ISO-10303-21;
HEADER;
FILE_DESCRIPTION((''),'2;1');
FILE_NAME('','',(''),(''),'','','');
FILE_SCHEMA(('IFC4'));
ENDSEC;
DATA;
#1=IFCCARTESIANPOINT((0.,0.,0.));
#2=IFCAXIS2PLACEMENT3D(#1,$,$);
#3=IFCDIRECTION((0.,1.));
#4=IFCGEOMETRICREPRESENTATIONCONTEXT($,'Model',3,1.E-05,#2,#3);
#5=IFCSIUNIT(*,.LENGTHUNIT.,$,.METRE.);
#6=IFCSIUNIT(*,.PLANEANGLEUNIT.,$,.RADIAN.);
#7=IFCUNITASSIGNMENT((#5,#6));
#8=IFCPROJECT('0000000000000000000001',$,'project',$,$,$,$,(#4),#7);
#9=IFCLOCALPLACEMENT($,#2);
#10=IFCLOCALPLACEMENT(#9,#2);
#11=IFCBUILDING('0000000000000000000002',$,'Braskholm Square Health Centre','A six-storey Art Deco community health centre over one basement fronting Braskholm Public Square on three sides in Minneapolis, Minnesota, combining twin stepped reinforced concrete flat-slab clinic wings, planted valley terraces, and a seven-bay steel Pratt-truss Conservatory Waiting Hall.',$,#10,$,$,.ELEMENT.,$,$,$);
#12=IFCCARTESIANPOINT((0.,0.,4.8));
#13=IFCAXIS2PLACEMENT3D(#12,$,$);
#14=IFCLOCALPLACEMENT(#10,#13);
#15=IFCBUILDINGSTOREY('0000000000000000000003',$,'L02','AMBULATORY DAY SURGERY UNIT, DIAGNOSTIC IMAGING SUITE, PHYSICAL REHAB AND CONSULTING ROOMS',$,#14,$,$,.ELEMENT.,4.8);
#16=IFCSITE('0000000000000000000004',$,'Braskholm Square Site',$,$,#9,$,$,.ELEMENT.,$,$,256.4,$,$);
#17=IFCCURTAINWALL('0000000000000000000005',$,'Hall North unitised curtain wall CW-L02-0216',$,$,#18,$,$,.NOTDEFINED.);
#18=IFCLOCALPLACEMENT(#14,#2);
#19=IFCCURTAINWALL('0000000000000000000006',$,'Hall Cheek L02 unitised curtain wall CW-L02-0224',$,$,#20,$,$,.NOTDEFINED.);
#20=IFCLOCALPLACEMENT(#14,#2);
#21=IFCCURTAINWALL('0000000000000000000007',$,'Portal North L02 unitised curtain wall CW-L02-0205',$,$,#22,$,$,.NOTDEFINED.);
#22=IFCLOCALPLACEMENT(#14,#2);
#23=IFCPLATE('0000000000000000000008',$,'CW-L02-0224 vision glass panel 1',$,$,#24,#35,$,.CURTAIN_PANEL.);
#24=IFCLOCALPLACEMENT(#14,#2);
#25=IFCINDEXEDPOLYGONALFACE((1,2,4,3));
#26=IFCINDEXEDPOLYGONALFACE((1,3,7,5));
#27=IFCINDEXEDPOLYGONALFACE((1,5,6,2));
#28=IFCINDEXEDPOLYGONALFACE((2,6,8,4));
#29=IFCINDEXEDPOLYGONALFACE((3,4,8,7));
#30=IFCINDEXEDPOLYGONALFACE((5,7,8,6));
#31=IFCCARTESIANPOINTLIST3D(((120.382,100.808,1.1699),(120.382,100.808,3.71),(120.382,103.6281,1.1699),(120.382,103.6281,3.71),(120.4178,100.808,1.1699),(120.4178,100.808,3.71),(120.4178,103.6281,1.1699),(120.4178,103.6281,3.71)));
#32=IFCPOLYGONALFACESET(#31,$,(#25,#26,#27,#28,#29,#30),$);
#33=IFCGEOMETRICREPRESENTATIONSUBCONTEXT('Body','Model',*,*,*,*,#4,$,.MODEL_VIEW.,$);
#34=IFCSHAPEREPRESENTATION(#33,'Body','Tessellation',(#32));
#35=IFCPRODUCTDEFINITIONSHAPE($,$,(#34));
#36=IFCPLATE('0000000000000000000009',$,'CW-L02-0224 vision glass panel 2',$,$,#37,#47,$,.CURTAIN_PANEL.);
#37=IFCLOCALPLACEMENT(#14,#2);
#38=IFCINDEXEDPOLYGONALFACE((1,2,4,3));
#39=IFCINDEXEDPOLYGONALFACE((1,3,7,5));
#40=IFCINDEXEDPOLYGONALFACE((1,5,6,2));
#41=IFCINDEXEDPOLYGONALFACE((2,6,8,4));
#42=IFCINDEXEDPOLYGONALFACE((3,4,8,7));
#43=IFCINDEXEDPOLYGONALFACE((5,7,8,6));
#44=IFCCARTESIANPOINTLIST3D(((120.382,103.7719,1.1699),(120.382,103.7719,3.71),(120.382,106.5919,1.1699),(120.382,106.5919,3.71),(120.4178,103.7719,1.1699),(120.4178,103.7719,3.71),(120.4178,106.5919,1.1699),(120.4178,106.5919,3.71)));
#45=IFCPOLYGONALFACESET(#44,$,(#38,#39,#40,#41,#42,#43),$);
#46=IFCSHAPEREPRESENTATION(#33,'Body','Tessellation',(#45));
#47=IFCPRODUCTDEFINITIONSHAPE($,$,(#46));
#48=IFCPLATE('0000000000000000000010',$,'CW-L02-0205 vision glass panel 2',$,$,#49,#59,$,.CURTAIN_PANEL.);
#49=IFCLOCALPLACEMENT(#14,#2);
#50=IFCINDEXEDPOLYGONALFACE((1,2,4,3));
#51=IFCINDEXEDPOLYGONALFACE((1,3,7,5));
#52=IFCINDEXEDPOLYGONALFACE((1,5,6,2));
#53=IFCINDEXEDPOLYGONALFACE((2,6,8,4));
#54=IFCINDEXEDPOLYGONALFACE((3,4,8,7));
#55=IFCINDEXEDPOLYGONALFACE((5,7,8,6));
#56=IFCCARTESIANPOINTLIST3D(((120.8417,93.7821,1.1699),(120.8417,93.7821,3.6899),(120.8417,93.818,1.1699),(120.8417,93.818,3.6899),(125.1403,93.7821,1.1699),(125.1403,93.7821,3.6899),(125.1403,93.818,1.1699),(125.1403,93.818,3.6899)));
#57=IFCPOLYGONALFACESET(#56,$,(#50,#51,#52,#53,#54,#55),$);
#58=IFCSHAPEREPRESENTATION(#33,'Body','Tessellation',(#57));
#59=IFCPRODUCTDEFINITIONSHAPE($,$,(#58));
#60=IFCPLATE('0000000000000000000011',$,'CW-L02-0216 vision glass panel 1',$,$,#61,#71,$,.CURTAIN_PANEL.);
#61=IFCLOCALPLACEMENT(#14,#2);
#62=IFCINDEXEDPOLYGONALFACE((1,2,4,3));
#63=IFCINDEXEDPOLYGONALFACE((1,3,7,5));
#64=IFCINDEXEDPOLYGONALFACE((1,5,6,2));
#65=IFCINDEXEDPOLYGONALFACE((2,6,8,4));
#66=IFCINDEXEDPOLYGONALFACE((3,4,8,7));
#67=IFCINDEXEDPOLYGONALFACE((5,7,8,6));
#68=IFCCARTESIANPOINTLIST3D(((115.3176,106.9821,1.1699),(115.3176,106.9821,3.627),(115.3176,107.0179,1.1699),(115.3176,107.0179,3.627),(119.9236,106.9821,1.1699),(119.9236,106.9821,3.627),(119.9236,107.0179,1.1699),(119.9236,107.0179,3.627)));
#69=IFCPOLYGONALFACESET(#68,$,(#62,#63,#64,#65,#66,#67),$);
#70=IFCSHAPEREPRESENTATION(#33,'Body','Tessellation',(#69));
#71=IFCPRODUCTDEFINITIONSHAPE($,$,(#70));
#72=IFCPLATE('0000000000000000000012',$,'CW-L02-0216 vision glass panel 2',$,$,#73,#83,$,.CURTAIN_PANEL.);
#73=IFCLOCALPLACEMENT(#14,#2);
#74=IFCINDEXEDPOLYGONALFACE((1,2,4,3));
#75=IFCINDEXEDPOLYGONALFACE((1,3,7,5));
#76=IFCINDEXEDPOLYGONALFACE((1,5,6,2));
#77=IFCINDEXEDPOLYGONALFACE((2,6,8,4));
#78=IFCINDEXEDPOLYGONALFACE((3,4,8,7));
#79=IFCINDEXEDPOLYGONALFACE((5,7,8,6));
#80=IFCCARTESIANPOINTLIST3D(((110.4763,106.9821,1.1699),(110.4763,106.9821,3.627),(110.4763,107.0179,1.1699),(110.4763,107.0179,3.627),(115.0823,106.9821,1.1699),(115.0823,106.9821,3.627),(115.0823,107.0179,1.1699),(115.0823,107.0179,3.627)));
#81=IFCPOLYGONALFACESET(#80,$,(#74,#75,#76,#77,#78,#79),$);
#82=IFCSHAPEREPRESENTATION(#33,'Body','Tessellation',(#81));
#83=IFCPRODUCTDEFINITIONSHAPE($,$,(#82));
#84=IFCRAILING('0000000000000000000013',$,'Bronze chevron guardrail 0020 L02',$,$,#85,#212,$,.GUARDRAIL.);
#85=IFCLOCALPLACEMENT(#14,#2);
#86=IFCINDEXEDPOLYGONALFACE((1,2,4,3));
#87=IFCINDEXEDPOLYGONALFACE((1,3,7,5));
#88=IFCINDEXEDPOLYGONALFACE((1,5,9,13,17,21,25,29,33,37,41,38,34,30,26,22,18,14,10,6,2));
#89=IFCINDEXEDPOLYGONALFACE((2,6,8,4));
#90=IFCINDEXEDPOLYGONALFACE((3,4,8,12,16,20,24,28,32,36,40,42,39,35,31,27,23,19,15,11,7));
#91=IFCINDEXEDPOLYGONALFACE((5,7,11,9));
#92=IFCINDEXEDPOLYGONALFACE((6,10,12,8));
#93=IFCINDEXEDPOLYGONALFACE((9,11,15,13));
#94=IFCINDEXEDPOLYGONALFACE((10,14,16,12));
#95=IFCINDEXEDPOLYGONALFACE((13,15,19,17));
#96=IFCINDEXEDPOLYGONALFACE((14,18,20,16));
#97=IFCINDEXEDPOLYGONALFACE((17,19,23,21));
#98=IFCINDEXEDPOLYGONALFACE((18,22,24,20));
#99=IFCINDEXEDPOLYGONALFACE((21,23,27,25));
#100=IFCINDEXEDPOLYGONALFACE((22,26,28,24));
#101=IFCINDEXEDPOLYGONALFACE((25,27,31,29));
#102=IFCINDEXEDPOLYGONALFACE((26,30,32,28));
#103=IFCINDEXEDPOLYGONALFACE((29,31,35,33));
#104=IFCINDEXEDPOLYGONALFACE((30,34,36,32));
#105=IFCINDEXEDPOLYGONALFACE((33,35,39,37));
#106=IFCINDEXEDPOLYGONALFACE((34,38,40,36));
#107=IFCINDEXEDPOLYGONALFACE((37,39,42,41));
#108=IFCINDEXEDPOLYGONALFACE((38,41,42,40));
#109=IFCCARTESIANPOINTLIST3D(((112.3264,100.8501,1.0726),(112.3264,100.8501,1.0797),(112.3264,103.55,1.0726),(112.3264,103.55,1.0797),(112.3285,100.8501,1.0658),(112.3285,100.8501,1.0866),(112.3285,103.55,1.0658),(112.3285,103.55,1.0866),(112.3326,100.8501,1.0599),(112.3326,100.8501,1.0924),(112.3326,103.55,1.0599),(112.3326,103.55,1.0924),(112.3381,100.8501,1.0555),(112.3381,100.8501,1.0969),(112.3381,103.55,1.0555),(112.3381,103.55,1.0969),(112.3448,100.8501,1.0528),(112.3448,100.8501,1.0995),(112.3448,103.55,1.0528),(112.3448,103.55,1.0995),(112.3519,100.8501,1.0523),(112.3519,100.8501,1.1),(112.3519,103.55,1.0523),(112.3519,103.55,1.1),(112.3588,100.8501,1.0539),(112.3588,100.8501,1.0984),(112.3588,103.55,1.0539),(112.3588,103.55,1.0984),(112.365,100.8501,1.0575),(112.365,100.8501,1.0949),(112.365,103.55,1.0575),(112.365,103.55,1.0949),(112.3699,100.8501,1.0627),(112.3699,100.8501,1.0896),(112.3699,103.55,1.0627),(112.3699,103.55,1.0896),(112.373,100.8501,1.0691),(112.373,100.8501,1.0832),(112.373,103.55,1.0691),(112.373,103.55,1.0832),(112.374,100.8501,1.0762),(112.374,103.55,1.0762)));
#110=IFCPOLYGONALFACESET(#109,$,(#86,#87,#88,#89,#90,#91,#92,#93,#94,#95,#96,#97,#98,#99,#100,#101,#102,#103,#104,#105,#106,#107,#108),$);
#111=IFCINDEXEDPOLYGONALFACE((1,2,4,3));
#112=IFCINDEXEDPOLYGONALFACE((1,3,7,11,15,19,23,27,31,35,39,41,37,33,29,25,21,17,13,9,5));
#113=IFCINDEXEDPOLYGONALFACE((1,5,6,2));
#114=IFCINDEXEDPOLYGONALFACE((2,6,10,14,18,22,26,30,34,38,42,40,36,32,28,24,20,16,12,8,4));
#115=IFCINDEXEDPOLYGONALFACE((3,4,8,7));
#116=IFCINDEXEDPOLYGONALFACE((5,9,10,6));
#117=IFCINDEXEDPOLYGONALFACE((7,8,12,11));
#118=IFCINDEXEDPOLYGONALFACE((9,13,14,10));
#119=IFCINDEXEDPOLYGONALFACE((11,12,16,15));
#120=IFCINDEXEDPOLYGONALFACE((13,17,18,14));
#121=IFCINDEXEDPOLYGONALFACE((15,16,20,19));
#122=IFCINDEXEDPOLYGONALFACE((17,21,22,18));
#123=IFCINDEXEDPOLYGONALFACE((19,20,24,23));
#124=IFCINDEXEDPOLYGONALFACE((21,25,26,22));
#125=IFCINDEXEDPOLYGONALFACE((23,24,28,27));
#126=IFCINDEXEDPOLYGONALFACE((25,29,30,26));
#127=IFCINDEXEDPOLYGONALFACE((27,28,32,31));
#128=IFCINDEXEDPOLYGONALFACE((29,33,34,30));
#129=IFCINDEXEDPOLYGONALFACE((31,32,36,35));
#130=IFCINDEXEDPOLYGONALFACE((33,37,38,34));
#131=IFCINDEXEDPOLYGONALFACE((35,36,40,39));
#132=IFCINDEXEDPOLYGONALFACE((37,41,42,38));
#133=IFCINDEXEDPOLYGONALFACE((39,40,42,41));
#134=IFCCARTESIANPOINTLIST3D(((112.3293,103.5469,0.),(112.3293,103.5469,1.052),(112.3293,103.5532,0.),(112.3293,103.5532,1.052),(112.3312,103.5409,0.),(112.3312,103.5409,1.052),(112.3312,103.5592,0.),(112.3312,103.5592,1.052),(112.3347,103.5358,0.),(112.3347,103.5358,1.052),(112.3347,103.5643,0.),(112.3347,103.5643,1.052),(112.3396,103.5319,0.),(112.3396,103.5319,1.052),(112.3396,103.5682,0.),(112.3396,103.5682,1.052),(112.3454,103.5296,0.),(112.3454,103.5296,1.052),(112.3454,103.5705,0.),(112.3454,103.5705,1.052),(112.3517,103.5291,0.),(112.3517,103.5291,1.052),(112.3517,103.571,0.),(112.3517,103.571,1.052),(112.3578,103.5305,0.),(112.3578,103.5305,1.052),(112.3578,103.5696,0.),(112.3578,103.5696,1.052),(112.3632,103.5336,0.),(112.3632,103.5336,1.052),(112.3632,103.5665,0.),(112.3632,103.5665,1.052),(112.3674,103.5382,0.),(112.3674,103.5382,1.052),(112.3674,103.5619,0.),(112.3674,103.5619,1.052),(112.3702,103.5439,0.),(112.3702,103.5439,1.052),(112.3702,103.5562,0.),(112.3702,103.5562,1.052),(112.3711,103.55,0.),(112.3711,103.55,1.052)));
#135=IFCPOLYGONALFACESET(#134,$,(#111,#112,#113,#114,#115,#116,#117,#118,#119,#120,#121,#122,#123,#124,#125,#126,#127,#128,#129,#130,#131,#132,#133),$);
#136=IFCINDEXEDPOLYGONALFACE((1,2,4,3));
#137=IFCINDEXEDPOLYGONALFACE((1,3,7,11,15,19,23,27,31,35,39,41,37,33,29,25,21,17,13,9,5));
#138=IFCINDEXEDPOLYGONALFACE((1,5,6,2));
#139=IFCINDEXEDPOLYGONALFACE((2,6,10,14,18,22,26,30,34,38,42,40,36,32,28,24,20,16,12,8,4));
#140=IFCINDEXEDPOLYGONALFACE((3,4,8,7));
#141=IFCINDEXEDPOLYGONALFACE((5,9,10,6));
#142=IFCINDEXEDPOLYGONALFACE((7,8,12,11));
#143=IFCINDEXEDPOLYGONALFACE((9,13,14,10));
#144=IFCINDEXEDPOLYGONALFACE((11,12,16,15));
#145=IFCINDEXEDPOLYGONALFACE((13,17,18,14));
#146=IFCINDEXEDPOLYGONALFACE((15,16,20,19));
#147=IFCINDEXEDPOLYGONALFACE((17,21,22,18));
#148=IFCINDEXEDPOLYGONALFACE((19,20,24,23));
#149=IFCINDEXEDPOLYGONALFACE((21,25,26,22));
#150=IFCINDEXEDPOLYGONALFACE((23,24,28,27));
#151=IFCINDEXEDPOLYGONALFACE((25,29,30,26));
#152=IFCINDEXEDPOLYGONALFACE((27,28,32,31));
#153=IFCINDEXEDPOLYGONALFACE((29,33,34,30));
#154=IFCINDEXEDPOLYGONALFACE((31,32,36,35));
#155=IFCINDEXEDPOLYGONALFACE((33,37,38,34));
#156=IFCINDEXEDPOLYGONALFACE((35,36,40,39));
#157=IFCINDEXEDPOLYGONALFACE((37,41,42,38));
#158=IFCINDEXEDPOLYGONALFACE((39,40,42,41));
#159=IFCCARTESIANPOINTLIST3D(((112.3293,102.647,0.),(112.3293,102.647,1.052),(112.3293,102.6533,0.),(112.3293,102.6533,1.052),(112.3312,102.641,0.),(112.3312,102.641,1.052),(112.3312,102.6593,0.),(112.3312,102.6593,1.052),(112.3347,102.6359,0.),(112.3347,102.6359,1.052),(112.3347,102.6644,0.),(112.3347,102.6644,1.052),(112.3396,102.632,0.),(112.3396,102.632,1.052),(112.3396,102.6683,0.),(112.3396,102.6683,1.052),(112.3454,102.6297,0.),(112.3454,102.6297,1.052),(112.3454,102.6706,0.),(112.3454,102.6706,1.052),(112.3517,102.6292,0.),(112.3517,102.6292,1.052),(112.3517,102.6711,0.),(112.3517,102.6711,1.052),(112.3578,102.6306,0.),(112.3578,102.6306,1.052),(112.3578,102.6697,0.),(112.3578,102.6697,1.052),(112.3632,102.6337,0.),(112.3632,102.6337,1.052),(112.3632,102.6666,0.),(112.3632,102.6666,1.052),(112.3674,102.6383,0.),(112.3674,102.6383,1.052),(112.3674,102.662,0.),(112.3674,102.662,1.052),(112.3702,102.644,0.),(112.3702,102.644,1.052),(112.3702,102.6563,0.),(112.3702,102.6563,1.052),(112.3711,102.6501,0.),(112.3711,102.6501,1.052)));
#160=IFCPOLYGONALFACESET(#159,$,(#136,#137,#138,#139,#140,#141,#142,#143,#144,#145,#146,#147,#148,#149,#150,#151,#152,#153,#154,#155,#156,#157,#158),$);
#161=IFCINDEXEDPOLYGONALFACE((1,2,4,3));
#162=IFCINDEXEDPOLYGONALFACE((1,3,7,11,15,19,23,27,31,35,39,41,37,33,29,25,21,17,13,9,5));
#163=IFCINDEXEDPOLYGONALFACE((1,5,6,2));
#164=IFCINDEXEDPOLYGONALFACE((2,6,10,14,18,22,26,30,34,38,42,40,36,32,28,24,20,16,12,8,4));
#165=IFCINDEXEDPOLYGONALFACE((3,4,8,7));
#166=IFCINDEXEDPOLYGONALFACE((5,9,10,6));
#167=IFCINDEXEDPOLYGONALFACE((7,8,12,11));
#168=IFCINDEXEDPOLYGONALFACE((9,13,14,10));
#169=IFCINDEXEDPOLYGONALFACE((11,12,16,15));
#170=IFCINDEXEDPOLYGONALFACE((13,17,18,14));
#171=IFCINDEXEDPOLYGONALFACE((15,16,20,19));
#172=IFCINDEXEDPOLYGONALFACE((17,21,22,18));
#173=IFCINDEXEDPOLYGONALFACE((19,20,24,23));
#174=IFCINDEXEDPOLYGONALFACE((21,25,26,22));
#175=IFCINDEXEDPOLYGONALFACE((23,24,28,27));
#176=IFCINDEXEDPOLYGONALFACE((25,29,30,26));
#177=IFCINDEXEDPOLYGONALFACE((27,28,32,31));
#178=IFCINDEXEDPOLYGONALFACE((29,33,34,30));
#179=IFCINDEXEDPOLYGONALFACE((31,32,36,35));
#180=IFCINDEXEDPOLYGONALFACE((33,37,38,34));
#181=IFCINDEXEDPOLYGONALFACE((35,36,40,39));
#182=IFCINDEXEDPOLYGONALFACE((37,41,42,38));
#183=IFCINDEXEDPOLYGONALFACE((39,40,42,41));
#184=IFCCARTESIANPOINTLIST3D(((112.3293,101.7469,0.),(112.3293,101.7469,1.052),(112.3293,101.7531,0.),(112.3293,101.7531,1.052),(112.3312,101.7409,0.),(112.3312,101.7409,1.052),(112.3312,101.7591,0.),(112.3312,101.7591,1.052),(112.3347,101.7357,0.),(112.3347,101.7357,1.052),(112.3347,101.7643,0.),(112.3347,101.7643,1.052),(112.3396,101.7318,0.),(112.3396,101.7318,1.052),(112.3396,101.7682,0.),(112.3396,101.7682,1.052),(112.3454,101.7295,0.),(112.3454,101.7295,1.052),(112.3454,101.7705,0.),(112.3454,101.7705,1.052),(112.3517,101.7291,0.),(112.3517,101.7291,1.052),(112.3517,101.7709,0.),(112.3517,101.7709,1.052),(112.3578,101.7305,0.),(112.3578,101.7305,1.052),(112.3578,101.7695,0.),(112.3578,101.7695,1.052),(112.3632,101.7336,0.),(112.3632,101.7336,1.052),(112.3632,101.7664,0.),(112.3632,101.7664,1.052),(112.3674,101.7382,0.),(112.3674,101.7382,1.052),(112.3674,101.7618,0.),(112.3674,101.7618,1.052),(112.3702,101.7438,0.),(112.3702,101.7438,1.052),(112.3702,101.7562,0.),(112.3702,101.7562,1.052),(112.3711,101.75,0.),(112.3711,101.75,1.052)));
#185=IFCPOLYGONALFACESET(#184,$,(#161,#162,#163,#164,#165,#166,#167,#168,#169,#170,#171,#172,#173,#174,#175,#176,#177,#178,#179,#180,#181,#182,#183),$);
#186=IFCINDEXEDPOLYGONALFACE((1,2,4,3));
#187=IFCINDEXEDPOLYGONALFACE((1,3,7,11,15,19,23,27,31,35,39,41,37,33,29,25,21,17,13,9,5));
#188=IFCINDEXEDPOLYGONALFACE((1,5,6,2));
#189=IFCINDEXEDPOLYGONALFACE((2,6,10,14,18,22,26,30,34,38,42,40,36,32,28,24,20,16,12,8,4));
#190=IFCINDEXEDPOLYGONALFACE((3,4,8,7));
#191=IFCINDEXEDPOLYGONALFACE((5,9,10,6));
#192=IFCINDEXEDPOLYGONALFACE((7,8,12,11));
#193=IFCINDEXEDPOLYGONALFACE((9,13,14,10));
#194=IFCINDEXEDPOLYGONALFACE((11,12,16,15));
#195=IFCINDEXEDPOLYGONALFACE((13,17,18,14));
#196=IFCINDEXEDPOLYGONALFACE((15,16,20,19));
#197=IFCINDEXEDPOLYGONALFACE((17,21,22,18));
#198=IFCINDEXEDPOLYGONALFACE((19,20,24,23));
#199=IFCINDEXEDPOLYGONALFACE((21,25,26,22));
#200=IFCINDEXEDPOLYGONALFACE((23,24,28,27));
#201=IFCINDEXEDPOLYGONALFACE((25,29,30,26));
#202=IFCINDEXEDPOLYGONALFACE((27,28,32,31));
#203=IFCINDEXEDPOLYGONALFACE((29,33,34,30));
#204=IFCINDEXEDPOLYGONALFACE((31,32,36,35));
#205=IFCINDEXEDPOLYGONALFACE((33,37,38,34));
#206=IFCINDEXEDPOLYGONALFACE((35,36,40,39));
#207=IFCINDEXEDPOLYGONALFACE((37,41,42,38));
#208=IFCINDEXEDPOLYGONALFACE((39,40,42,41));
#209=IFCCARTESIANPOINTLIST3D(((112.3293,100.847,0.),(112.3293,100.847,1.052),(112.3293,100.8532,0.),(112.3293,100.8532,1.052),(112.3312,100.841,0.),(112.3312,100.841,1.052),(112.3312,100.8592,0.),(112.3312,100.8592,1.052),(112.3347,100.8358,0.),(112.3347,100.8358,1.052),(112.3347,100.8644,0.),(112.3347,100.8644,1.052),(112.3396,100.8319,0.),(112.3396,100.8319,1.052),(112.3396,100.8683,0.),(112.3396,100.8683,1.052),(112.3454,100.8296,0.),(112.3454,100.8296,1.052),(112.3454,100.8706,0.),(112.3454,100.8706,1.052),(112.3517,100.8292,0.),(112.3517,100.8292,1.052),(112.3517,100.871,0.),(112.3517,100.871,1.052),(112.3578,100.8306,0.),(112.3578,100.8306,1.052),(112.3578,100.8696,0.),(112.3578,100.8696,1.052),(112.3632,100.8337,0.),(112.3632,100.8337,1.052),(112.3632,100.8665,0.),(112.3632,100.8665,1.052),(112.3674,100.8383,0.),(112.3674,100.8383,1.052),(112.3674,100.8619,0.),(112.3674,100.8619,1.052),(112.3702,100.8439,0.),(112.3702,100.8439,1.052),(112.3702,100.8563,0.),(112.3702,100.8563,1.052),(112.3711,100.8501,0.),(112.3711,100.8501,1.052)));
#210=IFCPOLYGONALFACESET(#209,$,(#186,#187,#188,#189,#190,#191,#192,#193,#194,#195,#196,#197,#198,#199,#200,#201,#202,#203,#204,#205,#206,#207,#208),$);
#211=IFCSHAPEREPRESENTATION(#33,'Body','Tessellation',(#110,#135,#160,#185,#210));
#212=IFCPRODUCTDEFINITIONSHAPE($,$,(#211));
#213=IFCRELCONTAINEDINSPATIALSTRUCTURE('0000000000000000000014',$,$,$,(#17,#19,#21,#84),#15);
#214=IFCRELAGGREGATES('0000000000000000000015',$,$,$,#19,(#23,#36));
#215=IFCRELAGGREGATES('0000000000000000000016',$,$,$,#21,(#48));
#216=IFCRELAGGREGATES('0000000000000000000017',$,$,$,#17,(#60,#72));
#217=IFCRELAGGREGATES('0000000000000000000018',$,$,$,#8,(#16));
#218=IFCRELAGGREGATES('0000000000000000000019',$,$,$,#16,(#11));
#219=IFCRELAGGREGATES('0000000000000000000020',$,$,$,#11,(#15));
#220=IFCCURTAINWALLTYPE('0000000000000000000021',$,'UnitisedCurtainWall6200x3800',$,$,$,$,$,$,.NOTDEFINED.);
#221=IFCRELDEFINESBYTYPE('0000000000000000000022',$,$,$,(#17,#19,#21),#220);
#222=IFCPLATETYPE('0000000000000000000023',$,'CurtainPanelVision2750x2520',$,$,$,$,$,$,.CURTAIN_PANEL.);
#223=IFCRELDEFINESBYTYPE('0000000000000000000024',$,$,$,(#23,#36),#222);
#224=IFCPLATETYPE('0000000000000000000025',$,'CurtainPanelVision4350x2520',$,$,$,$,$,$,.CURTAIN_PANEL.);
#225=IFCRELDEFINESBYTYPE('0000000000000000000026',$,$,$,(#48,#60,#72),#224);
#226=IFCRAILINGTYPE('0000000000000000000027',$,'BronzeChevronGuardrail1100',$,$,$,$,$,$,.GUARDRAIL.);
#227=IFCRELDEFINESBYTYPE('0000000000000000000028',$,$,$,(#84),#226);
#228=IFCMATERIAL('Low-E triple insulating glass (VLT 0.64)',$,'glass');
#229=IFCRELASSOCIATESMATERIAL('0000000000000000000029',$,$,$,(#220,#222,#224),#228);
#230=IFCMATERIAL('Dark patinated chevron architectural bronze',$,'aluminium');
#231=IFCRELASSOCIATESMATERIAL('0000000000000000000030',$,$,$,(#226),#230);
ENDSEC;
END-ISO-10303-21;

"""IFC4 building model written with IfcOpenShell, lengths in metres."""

from ifc_helpers import new_model, si_unit, direction, frame, origin, origin_2d, place, context, subcontext, project, spatial, rectangle, circle, extrude, material, type_object, element, aggregate, save


model = new_model("IFC4")

# Units and contexts
model_context = context("Model", 3, precision=1e-05, world=origin(), true_north=direction((0.0, 1.0)))
body_context = subcontext(model_context, "Body", "Model", "MODEL_VIEW")
ifc_project = project(units=[si_unit("LENGTHUNIT", "METRE"), si_unit("PLANEANGLEUNIT", "RADIAN")], contexts=[model_context])

# Site, building, storey
site_placement = place(None, origin())
site = spatial("IfcSite", under=ifc_project, at=site_placement, Name="Braskholm Square Site", CompositionType="ELEMENT", RefElevation=256.4)
building_placement = place(site_placement, origin())
building = spatial("IfcBuilding", under=site, at=building_placement, Name="Braskholm Square Health Centre", Description="A six-storey Art Deco community health centre over one basement fronting Braskholm Public Square on three sides in Minneapolis, Minnesota, combining twin stepped reinforced concrete flat-slab clinic wings, planted valley terraces, and a seven-bay steel Pratt-truss Conservatory Waiting Hall.", CompositionType="ELEMENT")
storey_placement = place(building_placement, frame((0.0, 0.0, 4.8)))
storey = spatial("IfcBuildingStorey", under=building, at=storey_placement, Name="L02", Description="AMBULATORY DAY SURGERY UNIT, DIAGNOSTIC IMAGING SUITE, PHYSICAL REHAB AND CONSULTING ROOMS", CompositionType="ELEMENT", Elevation=4.8)

# Curtain walls
ifc_material_1 = material(Name="Low-E triple insulating glass (VLT 0.64)", Category="glass")
curtain_wall_type = type_object("IfcCurtainWallType", Name="UnitisedCurtainWall6200x3800", PredefinedType="NOTDEFINED", material=ifc_material_1)
curtain_wall_1_placement = place(storey_placement, origin())
curtain_wall_1 = element("IfcCurtainWall", 1, at=curtain_wall_1_placement, inside=storey, type_object=curtain_wall_type, Name="Hall North unitised curtain wall CW-L02-0216", PredefinedType="NOTDEFINED")
curtain_wall_2_placement = place(storey_placement, origin())
curtain_wall_2 = element("IfcCurtainWall", 2, at=curtain_wall_2_placement, inside=storey, type_object=curtain_wall_type, Name="Hall Cheek L02 unitised curtain wall CW-L02-0224", PredefinedType="NOTDEFINED")

# Curtain wall
curtain_wall_3_placement = place(storey_placement, origin())
curtain_wall_3 = element("IfcCurtainWall", 3, at=curtain_wall_3_placement, inside=storey, type_object=curtain_wall_type, Name="Portal North L02 unitised curtain wall CW-L02-0205", PredefinedType="NOTDEFINED")

# Plates
plate_type_1 = type_object("IfcPlateType", Name="CurtainPanelVision2750x2520", PredefinedType="CURTAIN_PANEL", material=ifc_material_1)
plate_1_placement = place(storey_placement, frame((120.3999, 102.218, 1.1699), z_axis=(0.0, 0.0, 1.0), x_axis=(0.0, 1.0, 0.0)))
plate_1 = element("IfcPlate", 4, at=plate_1_placement, type_object=plate_type_1, Name="CW-L02-0224 vision glass panel 1", PredefinedType="CURTAIN_PANEL", context=body_context, shape_type="SweptSolid", body=[
    extrude(rectangle(XDim=2.8201, YDim=0.0359, at=origin_2d()), origin(), (0.0, 0.0, 1.0), 2.54),
])
plate_2_placement = place(storey_placement, frame((120.3999, 105.1819, 1.1699), z_axis=(0.0, 0.0, 1.0), x_axis=(0.0, 1.0, 0.0)))
plate_2 = element("IfcPlate", 5, at=plate_2_placement, type_object=plate_type_1, Name="CW-L02-0224 vision glass panel 2", PredefinedType="CURTAIN_PANEL", context=body_context, shape_type="SweptSolid", body=[
    extrude(rectangle(XDim=2.8201, YDim=0.0359, at=origin_2d()), origin(), (0.0, 0.0, 1.0), 2.54),
])
aggregate(curtain_wall_2, [plate_1, plate_2])
plate_type_2 = type_object("IfcPlateType", Name="CurtainPanelVision4350x2520", PredefinedType="CURTAIN_PANEL", material=ifc_material_1)
plate_3_placement = place(storey_placement, frame((122.991, 93.8, 1.1699), z_axis=(0.0, 0.0, 1.0), x_axis=(-1.0, 0.0, 0.0)))
plate_3 = element("IfcPlate", 6, at=plate_3_placement, type_object=plate_type_2, Name="CW-L02-0205 vision glass panel 2", PredefinedType="CURTAIN_PANEL", context=body_context, shape_type="SweptSolid", body=[
    extrude(rectangle(XDim=4.2986, YDim=0.0359, at=origin_2d()), origin(), (0.0, 0.0, 1.0), 2.52),
])
aggregate(curtain_wall_3, [plate_3])
plate_4_placement = place(storey_placement, frame((117.6206, 107.0, 1.1699), z_axis=(0.0, 0.0, 1.0), x_axis=(-1.0, 0.0, 0.0)))
plate_4 = element("IfcPlate", 7, at=plate_4_placement, type_object=plate_type_2, Name="CW-L02-0216 vision glass panel 1", PredefinedType="CURTAIN_PANEL", context=body_context, shape_type="SweptSolid", body=[
    extrude(rectangle(XDim=4.606, YDim=0.0359, at=origin_2d()), origin(), (0.0, 0.0, 1.0), 2.457),
])
plate_5_placement = place(storey_placement, frame((112.7793, 107.0, 1.1699), z_axis=(0.0, 0.0, 1.0), x_axis=(-1.0, 0.0, 0.0)))
plate_5 = element("IfcPlate", 8, at=plate_5_placement, type_object=plate_type_2, Name="CW-L02-0216 vision glass panel 2", PredefinedType="CURTAIN_PANEL", context=body_context, shape_type="SweptSolid", body=[
    extrude(rectangle(XDim=4.606, YDim=0.0359, at=origin_2d()), origin(), (0.0, 0.0, 1.0), 2.457),
])
aggregate(curtain_wall_1, [plate_4, plate_5])

# Railing
ifc_material_2 = material(Name="Dark patinated chevron architectural bronze", Category="aluminium")
railing_type = type_object("IfcRailingType", Name="BronzeChevronGuardrail1100", PredefinedType="GUARDRAIL", material=ifc_material_2)
railing_1_placement = place(storey_placement, frame((112.3501, 103.55, 0.0)))
element("IfcRailing", 9, at=railing_1_placement, inside=storey, type_object=railing_type, Name="Bronze chevron guardrail 0020 L02", PredefinedType="GUARDRAIL", context=body_context, shape_type="SweptSolid", body=[
    extrude(circle(Radius=0.0239, at=origin_2d()), frame((0.0, 0.0, 1.0762), z_axis=(0.0, -1.0, 0.0), x_axis=(1.0, 0.0, 0.0)), (0.0, 0.0, 1.0), 2.7),
    extrude(circle(Radius=0.021, at=origin_2d()), origin(), (0.0, 0.0, 1.0), 1.052),
    extrude(circle(Radius=0.021, at=origin_2d()), frame((0.0, -0.8999, 0.0)), (0.0, 0.0, 1.0), 1.052),
    extrude(circle(Radius=0.021, at=origin_2d()), frame((0.0, -1.8, 0.0)), (0.0, 0.0, 1.0), 1.052),
    extrude(circle(Radius=0.021, at=origin_2d()), frame((0.0, -2.7, 0.0)), (0.0, 0.0, 1.0), 1.052),
])

save(model, "model.ifc")
